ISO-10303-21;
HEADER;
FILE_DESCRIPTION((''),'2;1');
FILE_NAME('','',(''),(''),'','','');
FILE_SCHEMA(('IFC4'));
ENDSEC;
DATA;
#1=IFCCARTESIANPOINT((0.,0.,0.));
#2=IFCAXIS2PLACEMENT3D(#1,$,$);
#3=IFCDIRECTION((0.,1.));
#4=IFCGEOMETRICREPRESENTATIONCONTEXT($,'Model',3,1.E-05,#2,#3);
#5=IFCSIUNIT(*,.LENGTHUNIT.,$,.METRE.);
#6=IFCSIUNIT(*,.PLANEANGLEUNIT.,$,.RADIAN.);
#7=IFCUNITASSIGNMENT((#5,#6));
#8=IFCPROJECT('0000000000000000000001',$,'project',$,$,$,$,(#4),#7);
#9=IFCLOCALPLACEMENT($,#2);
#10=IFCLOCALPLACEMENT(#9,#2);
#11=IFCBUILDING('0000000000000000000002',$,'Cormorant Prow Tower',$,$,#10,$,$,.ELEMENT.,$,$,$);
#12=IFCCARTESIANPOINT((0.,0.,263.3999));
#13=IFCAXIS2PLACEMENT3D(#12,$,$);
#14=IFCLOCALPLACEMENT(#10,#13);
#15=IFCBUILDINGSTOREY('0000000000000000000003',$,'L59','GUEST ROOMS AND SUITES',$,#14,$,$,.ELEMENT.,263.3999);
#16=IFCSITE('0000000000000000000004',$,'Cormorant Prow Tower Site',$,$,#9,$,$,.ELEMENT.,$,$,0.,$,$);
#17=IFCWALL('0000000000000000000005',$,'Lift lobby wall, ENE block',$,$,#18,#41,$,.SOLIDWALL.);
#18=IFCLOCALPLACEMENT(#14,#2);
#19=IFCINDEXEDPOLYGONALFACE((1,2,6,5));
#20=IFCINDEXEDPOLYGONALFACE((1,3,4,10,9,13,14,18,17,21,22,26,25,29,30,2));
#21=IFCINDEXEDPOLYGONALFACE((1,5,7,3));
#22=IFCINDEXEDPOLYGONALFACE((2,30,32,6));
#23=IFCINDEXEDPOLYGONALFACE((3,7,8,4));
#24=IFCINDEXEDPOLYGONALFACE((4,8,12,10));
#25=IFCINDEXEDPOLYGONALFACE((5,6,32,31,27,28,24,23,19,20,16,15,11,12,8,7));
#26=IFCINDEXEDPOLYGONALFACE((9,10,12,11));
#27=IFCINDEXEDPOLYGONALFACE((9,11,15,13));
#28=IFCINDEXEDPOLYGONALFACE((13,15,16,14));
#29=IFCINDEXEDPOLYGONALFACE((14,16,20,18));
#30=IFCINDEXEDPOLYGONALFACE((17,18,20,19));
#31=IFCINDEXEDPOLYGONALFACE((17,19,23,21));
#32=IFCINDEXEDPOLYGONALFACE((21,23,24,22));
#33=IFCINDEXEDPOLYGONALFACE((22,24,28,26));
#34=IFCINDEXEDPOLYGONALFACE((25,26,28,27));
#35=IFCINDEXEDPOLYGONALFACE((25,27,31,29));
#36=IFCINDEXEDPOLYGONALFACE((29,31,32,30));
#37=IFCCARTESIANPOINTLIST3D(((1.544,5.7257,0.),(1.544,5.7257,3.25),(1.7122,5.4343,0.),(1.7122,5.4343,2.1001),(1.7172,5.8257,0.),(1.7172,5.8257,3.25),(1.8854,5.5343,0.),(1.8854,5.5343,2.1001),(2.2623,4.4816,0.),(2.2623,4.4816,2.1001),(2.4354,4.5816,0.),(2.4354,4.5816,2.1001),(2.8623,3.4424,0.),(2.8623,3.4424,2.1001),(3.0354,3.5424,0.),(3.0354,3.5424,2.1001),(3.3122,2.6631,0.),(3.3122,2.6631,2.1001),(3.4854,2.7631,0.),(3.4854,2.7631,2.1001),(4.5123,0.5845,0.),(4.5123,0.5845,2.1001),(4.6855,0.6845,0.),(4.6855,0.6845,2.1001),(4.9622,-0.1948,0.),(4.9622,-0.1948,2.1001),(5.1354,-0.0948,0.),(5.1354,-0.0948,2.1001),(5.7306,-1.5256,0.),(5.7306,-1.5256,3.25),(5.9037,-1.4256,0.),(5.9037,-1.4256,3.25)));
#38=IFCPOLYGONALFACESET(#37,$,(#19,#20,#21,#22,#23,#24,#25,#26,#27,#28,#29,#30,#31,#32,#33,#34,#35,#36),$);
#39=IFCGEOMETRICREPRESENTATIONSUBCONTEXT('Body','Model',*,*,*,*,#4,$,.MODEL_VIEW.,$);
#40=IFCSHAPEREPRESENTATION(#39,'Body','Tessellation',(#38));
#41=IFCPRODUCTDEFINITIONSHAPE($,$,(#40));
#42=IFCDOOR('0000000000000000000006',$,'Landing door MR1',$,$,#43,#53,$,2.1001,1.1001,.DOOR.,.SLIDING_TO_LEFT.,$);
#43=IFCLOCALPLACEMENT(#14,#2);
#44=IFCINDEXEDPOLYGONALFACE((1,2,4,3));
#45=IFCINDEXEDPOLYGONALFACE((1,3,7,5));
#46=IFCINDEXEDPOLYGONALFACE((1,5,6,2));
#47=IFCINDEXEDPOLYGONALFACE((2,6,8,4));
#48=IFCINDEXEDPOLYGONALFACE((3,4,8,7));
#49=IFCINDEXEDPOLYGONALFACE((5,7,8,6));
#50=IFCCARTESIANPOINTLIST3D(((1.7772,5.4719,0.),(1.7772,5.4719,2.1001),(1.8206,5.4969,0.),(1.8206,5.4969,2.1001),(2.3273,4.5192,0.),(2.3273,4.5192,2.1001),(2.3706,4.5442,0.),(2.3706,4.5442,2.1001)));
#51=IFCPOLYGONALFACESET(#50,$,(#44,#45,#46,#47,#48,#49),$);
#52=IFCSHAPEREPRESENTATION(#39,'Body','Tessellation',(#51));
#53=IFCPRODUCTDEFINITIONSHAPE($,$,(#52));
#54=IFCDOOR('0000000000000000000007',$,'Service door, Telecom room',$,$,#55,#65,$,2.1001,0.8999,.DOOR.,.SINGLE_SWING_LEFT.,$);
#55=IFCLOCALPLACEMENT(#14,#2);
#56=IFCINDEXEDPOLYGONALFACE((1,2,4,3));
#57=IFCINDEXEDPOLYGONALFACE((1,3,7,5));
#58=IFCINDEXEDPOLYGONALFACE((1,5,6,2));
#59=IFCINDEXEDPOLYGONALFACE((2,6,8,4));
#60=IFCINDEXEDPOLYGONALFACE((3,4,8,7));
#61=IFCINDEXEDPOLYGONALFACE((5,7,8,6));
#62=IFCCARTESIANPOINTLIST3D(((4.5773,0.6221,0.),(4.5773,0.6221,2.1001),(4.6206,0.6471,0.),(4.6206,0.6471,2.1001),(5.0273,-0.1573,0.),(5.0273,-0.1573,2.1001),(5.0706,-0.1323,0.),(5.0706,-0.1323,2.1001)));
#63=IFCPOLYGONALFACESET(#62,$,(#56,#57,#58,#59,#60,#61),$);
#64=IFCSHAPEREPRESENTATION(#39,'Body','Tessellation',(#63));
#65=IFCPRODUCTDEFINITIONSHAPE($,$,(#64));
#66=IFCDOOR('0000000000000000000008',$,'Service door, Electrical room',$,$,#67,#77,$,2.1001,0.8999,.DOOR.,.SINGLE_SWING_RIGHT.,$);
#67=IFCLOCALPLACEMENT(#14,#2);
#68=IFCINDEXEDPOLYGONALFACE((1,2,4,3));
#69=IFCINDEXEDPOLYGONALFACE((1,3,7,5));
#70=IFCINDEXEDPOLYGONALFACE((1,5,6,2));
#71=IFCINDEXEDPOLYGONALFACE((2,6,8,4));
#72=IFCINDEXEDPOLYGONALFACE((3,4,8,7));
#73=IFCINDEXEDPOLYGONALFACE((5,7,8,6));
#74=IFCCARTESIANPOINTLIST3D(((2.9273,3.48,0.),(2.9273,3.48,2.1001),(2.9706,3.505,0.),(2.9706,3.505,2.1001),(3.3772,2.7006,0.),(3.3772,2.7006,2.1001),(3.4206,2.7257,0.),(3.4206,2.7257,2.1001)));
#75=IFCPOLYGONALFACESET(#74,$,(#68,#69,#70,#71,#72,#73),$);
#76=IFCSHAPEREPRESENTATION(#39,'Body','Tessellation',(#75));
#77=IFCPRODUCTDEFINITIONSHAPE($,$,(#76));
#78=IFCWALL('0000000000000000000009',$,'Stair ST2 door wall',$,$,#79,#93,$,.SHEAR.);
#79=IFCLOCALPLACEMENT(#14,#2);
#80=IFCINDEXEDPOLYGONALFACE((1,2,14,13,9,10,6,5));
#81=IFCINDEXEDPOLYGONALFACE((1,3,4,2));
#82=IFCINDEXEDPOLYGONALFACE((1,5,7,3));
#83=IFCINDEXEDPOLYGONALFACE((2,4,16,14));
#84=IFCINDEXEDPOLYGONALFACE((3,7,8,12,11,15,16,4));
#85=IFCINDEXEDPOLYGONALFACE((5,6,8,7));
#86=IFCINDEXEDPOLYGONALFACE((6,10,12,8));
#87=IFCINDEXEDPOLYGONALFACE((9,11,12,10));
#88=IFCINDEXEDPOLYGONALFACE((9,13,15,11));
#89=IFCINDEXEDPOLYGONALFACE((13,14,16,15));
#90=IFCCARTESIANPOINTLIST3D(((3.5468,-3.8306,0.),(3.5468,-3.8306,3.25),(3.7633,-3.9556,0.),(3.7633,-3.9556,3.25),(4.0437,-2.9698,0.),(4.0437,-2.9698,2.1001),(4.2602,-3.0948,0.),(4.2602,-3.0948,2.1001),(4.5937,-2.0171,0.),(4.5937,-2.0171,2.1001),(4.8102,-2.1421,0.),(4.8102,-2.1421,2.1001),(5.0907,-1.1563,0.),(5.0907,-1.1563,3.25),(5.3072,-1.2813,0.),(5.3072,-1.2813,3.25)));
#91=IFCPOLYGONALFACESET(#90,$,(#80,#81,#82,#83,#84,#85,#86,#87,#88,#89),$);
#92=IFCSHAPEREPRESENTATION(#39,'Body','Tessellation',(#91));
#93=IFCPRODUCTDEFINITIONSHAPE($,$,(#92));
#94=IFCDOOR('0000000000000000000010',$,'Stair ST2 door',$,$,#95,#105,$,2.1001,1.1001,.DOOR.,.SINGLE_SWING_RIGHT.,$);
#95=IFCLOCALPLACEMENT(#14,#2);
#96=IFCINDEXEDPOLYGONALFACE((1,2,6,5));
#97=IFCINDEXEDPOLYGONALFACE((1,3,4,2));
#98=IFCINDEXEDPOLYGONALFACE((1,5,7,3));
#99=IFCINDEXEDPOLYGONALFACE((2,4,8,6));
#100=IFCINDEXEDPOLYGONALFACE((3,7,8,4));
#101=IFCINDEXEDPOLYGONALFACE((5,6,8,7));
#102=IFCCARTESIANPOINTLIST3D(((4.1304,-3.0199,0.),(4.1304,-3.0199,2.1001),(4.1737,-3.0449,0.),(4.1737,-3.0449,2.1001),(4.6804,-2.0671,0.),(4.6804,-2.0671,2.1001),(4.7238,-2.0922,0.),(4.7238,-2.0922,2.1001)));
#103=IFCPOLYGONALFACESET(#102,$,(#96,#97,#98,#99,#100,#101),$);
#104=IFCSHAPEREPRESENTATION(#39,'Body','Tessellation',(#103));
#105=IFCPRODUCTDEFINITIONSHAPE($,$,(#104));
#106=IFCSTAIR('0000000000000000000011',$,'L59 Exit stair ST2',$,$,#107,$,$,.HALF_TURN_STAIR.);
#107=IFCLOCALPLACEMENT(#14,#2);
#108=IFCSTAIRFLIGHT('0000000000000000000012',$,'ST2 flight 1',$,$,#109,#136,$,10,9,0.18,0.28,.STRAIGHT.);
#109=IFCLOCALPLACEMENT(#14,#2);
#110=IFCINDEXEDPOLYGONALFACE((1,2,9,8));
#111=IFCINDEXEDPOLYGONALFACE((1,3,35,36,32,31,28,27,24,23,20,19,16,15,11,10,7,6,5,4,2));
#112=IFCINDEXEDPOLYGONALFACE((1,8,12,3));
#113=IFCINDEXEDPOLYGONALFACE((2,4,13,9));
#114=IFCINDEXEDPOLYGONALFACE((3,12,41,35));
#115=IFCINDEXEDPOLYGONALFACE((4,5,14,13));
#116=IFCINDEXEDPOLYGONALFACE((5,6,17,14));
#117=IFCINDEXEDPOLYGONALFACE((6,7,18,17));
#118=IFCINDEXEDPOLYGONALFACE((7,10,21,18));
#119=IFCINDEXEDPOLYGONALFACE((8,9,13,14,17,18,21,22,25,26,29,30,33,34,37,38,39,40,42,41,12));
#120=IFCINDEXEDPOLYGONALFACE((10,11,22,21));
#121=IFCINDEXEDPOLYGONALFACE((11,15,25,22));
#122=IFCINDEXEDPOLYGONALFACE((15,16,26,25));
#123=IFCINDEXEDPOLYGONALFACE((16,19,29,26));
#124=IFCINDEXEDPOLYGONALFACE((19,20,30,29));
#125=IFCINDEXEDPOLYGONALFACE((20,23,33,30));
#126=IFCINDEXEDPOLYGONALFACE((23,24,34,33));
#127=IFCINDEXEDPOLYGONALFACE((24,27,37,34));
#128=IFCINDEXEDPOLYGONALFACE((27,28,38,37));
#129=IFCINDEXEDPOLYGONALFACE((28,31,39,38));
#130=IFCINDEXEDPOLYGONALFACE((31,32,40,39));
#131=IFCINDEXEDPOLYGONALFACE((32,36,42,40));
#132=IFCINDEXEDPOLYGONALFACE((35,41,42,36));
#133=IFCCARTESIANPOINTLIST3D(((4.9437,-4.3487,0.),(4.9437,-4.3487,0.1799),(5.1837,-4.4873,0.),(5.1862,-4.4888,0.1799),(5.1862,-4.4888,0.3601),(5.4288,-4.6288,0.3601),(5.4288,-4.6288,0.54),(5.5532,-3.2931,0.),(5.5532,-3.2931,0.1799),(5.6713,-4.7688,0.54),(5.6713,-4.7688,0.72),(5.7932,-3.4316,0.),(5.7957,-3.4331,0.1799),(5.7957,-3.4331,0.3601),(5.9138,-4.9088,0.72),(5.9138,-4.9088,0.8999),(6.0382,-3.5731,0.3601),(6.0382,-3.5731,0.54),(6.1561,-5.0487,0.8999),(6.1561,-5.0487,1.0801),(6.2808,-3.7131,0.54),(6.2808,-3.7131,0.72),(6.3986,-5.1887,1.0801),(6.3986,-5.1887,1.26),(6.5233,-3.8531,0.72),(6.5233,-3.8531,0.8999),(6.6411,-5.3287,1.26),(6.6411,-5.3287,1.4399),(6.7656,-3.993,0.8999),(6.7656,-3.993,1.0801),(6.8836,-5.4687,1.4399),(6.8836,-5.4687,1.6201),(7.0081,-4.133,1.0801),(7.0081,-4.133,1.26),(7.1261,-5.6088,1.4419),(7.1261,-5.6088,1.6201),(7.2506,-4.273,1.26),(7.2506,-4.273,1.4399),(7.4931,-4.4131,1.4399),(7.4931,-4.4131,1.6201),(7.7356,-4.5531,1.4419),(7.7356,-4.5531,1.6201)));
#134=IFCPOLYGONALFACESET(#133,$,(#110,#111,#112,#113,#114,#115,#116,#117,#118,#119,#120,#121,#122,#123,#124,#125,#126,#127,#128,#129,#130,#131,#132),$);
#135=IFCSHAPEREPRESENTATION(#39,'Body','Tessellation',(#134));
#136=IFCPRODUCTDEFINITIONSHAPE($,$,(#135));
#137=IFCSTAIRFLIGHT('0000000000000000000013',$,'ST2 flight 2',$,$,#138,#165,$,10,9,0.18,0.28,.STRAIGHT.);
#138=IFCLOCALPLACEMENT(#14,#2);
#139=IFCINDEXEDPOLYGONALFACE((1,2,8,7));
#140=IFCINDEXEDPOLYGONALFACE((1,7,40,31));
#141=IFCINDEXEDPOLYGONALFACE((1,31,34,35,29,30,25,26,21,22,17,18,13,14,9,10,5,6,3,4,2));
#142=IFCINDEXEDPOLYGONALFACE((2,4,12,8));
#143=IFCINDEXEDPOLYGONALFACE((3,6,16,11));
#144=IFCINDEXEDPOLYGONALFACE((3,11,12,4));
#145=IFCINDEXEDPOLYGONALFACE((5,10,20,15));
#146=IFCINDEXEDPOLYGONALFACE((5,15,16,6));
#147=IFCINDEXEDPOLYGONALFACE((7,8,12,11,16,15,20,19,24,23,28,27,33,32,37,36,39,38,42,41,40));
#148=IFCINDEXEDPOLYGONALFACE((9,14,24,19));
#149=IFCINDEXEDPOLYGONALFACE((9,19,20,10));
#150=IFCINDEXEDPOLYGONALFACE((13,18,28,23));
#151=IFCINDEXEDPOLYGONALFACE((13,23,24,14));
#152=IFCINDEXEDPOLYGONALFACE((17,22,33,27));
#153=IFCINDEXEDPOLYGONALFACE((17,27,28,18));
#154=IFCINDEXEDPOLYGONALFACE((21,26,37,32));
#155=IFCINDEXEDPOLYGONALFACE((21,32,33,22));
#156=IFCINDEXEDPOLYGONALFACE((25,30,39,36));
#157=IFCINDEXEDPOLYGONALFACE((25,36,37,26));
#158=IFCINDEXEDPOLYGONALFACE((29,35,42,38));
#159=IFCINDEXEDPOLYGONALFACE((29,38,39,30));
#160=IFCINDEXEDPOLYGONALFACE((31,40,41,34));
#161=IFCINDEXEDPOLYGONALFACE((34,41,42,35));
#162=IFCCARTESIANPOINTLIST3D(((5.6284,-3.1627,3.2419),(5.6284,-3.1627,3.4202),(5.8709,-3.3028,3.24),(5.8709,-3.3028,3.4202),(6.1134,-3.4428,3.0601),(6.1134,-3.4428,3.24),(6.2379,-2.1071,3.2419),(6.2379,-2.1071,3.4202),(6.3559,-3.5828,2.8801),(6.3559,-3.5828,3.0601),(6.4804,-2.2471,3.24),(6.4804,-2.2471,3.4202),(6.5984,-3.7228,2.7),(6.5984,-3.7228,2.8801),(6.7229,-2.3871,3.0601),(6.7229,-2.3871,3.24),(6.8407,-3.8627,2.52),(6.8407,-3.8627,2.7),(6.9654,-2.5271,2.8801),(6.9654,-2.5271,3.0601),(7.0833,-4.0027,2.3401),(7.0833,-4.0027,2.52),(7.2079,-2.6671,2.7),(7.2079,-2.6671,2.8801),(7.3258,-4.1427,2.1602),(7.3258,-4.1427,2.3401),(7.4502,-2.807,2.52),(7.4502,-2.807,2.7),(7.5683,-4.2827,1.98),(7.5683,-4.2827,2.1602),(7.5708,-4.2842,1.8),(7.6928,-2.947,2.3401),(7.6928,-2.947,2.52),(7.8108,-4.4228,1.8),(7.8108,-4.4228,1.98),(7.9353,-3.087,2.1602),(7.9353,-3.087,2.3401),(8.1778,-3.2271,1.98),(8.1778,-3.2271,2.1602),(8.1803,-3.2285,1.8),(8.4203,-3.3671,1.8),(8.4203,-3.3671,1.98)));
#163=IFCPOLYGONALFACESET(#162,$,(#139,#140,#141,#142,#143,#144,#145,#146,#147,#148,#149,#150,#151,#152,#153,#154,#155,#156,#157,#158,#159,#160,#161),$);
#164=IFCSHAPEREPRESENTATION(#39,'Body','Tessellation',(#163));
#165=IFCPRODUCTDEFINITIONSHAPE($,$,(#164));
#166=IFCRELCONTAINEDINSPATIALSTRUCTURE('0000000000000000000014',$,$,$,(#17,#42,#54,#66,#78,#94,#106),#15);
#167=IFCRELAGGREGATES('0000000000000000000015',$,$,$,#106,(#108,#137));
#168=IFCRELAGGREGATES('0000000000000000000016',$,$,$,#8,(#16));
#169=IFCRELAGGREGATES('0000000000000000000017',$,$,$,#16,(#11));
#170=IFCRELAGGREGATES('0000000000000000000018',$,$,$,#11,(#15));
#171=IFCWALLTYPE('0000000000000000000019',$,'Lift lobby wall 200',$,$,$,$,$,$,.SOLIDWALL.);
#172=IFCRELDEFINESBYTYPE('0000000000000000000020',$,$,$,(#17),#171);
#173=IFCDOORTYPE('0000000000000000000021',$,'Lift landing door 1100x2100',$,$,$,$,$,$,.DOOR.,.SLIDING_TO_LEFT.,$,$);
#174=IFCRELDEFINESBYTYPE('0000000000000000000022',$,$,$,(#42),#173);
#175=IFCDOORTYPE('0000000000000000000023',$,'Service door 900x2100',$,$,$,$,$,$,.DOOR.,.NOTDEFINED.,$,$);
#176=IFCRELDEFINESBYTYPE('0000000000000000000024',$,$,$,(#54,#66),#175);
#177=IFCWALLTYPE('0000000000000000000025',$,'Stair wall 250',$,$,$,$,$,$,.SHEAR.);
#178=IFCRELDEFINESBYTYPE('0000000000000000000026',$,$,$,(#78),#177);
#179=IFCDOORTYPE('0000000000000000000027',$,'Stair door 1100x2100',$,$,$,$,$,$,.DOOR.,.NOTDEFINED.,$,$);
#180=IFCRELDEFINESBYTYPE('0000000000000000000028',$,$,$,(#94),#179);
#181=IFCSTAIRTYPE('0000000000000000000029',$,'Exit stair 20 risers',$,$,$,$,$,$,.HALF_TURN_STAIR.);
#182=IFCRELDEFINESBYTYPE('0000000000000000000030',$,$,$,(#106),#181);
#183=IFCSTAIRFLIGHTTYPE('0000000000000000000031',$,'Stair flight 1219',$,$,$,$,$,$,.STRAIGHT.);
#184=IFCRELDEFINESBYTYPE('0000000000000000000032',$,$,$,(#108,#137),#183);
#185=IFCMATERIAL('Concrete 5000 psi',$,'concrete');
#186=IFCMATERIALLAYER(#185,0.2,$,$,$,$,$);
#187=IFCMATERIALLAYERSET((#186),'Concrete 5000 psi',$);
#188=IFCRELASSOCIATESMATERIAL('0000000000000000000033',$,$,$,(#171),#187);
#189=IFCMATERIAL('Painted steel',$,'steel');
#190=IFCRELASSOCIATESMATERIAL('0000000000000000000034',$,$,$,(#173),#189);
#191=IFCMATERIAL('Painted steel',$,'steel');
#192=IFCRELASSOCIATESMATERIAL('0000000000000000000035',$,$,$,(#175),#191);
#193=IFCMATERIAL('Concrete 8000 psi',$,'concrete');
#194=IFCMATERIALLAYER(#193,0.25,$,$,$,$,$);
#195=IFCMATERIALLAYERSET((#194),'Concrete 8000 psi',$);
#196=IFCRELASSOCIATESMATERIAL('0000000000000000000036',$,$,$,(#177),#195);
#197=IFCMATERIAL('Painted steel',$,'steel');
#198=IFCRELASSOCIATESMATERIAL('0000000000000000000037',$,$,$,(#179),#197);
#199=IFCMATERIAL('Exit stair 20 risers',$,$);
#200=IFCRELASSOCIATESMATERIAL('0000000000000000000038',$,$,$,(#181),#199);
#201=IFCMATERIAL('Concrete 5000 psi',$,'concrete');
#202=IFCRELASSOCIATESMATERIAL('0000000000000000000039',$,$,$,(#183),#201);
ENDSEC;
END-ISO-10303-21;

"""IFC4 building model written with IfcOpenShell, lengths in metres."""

from ifc_helpers import new_model, si_unit, direction, frame, frame_2d, origin, place, context, subcontext, project, spatial, polyline, rectangle, outline, extrude, material, layer, layer_set, type_object, element, fill, aggregate, save


model = new_model("IFC4")

# Units and contexts
model_context = context("Model", 3, precision=1e-05, world=origin(), true_north=direction((0.0, 1.0)))
body_context = subcontext(model_context, "Body", "Model", "MODEL_VIEW")
ifc_project = project(units=[si_unit("LENGTHUNIT", "METRE"), si_unit("PLANEANGLEUNIT", "RADIAN")], contexts=[model_context])

# Site, building, storey
site_placement = place(None, origin())
site = spatial("IfcSite", under=ifc_project, at=site_placement, Name="Cormorant Prow Tower Site", CompositionType="ELEMENT", RefElevation=0.0)
building_placement = place(site_placement, origin())
building = spatial("IfcBuilding", under=site, at=building_placement, Name="Cormorant Prow Tower", CompositionType="ELEMENT")
storey_placement = place(building_placement, frame((0.0, 0.0, 263.3999)))
storey = spatial("IfcBuildingStorey", under=building, at=storey_placement, Name="L59", Description="GUEST ROOMS AND SUITES", CompositionType="ELEMENT", Elevation=263.3999)

# Wall, openings, doors
ifc_material_1 = material(Name="Concrete 5000 psi", Category="concrete")
ifc_layer_1 = layer(ifc_material_1, 0.2)
ifc_layer_set_1 = layer_set([ifc_layer_1], Name="Concrete 5000 psi")
wall_type_1 = type_object("IfcWallType", Name="Lift lobby wall 200", PredefinedType="SOLIDWALL", material=ifc_layer_set_1)
wall_1_placement = place(storey_placement, frame((5.8171, -1.4756, 0.0), z_axis=(0.0, 0.0, 1.0), x_axis=(-0.500003, 0.866024, 0.0)))
wall_1 = element("IfcWall", 1, at=wall_1_placement, inside=storey, type_object=wall_type_1, Name="Lift lobby wall, ENE block", PredefinedType="SOLIDWALL", context=body_context, shape_type="SweptSolid", body=[
    extrude(rectangle(XDim=8.373, YDim=0.2, at=frame_2d((4.1865, 0.0))), origin(), (0.0, 0.0, 1.0), 3.25),
])
opening_1_placement = place(wall_1_placement, frame((1.5366, 0.0, 0.0)))
opening_1 = element("IfcOpeningElement", 2, at=opening_1_placement, cuts=wall_1, PredefinedType="OPENING", context=body_context, shape_type="SweptSolid", body=[
    extrude(rectangle(XDim=0.8999, YDim=2.1001, at=frame_2d((0.45, 1.05))), frame((0.0, 0.1099, 0.0), z_axis=(0.0, -1.0, 0.0), x_axis=(1.0, 0.0, 0.0)), (0.0, 0.0, 1.0), 0.22),
])
opening_2_placement = place(wall_1_placement, frame((4.8367, 0.0, 0.0)))
opening_2 = element("IfcOpeningElement", 3, at=opening_2_placement, cuts=wall_1, PredefinedType="OPENING", context=body_context, shape_type="SweptSolid", body=[
    extrude(rectangle(XDim=0.8999, YDim=2.1001, at=frame_2d((0.45, 1.05))), frame((0.0, 0.1099, 0.0), z_axis=(0.0, -1.0, 0.0), x_axis=(1.0, 0.0, 0.0)), (0.0, 0.0, 1.0), 0.22),
])
opening_3_placement = place(wall_1_placement, frame((6.9365, 0.0, 0.0)))
opening_3 = element("IfcOpeningElement", 4, at=opening_3_placement, cuts=wall_1, PredefinedType="OPENING", context=body_context, shape_type="SweptSolid", body=[
    extrude(rectangle(XDim=1.1001, YDim=2.1001, at=frame_2d((0.55, 1.05))), frame((0.0, 0.1099, 0.0), z_axis=(0.0, -1.0, 0.0), x_axis=(1.0, 0.0, 0.0)), (0.0, 0.0, 1.0), 0.22),
])
ifc_material_2 = material(Name="Painted steel", Category="steel")
door_type_1 = type_object("IfcDoorType", Name="Lift landing door 1100x2100", OperationType="SLIDING_TO_LEFT", PredefinedType="DOOR", material=ifc_material_2)
door_1_placement = place(opening_3_placement, origin())
door_1 = element("IfcDoor", 5, at=door_1_placement, inside=storey, type_object=door_type_1, Name="Landing door MR1", OperationType="SLIDING_TO_LEFT", OverallHeight=2.1001, OverallWidth=1.1001, PredefinedType="DOOR", context=body_context, shape_type="SweptSolid", body=[
    extrude(rectangle(XDim=1.1001, YDim=2.1001, at=frame_2d((0.55, 1.05))), frame((0.0, 0.0249, 0.0), z_axis=(0.0, -1.0, 0.0), x_axis=(1.0, 0.0, 0.0)), (0.0, 0.0, 1.0), 0.05),
])
fill(opening_3, door_1)
ifc_material_3 = material(Name="Painted steel", Category="steel")
door_type_2 = type_object("IfcDoorType", Name="Service door 900x2100", OperationType="NOTDEFINED", PredefinedType="DOOR", material=ifc_material_3)
door_2_placement = place(opening_1_placement, origin())
door_2 = element("IfcDoor", 6, at=door_2_placement, inside=storey, type_object=door_type_2, Name="Service door, Telecom room", OperationType="SINGLE_SWING_LEFT", OverallHeight=2.1001, OverallWidth=0.8999, PredefinedType="DOOR", context=body_context, shape_type="SweptSolid", body=[
    extrude(rectangle(XDim=0.8999, YDim=2.1001, at=frame_2d((0.45, 1.05))), frame((0.0, 0.0249, 0.0), z_axis=(0.0, -1.0, 0.0), x_axis=(1.0, 0.0, 0.0)), (0.0, 0.0, 1.0), 0.05),
])
fill(opening_1, door_2)
door_3_placement = place(opening_2_placement, origin())
door_3 = element("IfcDoor", 7, at=door_3_placement, inside=storey, type_object=door_type_2, Name="Service door, Electrical room", OperationType="SINGLE_SWING_RIGHT", OverallHeight=2.1001, OverallWidth=0.8999, PredefinedType="DOOR", context=body_context, shape_type="SweptSolid", body=[
    extrude(rectangle(XDim=0.8999, YDim=2.1001, at=frame_2d((0.45, 1.05))), frame((0.0, 0.0249, 0.0), z_axis=(0.0, -1.0, 0.0), x_axis=(1.0, 0.0, 0.0)), (0.0, 0.0, 1.0), 0.05),
])
fill(opening_2, door_3)

# Wall, opening, door
ifc_material_4 = material(Name="Concrete 8000 psi", Category="concrete")
ifc_layer_2 = layer(ifc_material_4, 0.25)
ifc_layer_set_2 = layer_set([ifc_layer_2], Name="Concrete 8000 psi")
wall_type_2 = type_object("IfcWallType", Name="Stair wall 250", PredefinedType="SHEAR", material=ifc_layer_set_2)
wall_2_placement = place(storey_placement, frame((3.655, -3.8931, 0.0), z_axis=(0.0, 0.0, 1.0), x_axis=(0.499983, 0.866035, 0.0)))
wall_2 = element("IfcWall", 8, at=wall_2_placement, inside=storey, type_object=wall_type_2, Name="Stair ST2 door wall", PredefinedType="SHEAR", context=body_context, shape_type="SweptSolid", body=[
    extrude(rectangle(XDim=3.0879, YDim=0.25, at=frame_2d((1.5439, 0.0))), origin(), (0.0, 0.0, 1.0), 3.25),
])
opening_4_placement = place(wall_2_placement, frame((0.9939, 0.0, 0.0)))
opening_4 = element("IfcOpeningElement", 9, at=opening_4_placement, cuts=wall_2, PredefinedType="OPENING", context=body_context, shape_type="SweptSolid", body=[
    extrude(rectangle(XDim=1.1001, YDim=2.1001, at=frame_2d((0.55, 1.05))), frame((0.0, 0.135, 0.0), z_axis=(0.0, -1.0, 0.0), x_axis=(1.0, 0.0, 0.0)), (0.0, 0.0, 1.0), 0.27),
])
ifc_material_5 = material(Name="Painted steel", Category="steel")
door_type_3 = type_object("IfcDoorType", Name="Stair door 1100x2100", OperationType="NOTDEFINED", PredefinedType="DOOR", material=ifc_material_5)
door_4_placement = place(opening_4_placement, origin())
door_4 = element("IfcDoor", 10, at=door_4_placement, inside=storey, type_object=door_type_3, Name="Stair ST2 door", OperationType="SINGLE_SWING_RIGHT", OverallHeight=2.1001, OverallWidth=1.1001, PredefinedType="DOOR", context=body_context, shape_type="SweptSolid", body=[
    extrude(rectangle(XDim=1.1001, YDim=2.1001, at=frame_2d((0.55, 1.05))), frame((0.0, 0.0249, 0.0), z_axis=(0.0, -1.0, 0.0), x_axis=(1.0, 0.0, 0.0)), (0.0, 0.0, 1.0), 0.05),
])
fill(opening_4, door_4)

# Stair, stair flights
ifc_material_6 = material(Name="Exit stair 20 risers")
stair_type = type_object("IfcStairType", Name="Exit stair 20 risers", PredefinedType="HALF_TURN_STAIR", material=ifc_material_6)
stair_placement = place(storey_placement, origin())
stair = element("IfcStair", 11, at=stair_placement, inside=storey, type_object=stair_type, Name="L59 Exit stair ST2", PredefinedType="HALF_TURN_STAIR")
ifc_material_7 = material(Name="Concrete 5000 psi", Category="concrete")
stair_flight_type = type_object("IfcStairFlightType", Name="Stair flight 1219", PredefinedType="STRAIGHT", material=ifc_material_7)
stair_flight_1_placement = place(storey_placement, frame((5.2485, -3.8208, 0.0), z_axis=(0.0, 0.0, 1.0), x_axis=(0.866025, -0.5, 0.0)))
stair_flight_1 = element("IfcStairFlight", 12, at=stair_flight_1_placement, type_object=stair_flight_type, Name="ST2 flight 1", NumberOfRisers=10, NumberOfTreads=9, PredefinedType="STRAIGHT", RiserHeight=0.18, TreadLength=0.28, context=body_context, shape_type="SweptSolid", body=[
    extrude(outline(polyline([(0.0, 0.0), (0.0, 0.1799), (0.28, 0.1799), (0.28, 0.3601), (0.5601, 0.3601), (0.5601, 0.54), (0.8401, 0.54), (0.8401, 0.72), (1.1201, 0.72), (1.1201, 0.8999), (1.3999, 0.8999), (1.3999, 1.0801), (1.6799, 1.0801), (1.6799, 1.26), (1.96, 1.26), (1.96, 1.4399), (2.24, 1.4399), (2.24, 1.6201), (2.52, 1.6201), (2.52, 1.8), (2.52, 1.4419), (0.2771, 0.0), (0.0, 0.0)])), frame((0.0, 0.6094, 0.0), z_axis=(0.0, -1.0, 0.0), x_axis=(1.0, 0.0, 0.0)), (0.0, 0.0, 1.0), 1.219),
])
stair_flight_2_placement = place(storey_placement, frame((8.1155, -3.895, 1.8), z_axis=(0.0, 0.0, 1.0), x_axis=(-0.866025, 0.5, 0.0)))
stair_flight_2 = element("IfcStairFlight", 13, at=stair_flight_2_placement, type_object=stair_flight_type, Name="ST2 flight 2", NumberOfRisers=10, NumberOfTreads=9, PredefinedType="STRAIGHT", RiserHeight=0.18, TreadLength=0.28, context=body_context, shape_type="SweptSolid", body=[
    extrude(outline(polyline([(0.0, 0.0), (0.0, 0.1799), (0.28, 0.1799), (0.28, 0.3601), (0.5601, 0.3601), (0.5601, 0.54), (0.8401, 0.54), (0.8401, 0.72), (1.1201, 0.72), (1.1201, 0.8999), (1.3999, 0.8999), (1.3999, 1.0801), (1.6799, 1.0801), (1.6799, 1.26), (1.96, 1.26), (1.96, 1.4399), (2.24, 1.4399), (2.24, 1.6201), (2.52, 1.6201), (2.52, 1.8), (2.52, 1.4419), (0.2771, 0.0), (0.0, 0.0)])), frame((0.0, 0.6094, 0.0), z_axis=(0.0, -1.0, 0.0), x_axis=(1.0, 0.0, 0.0)), (0.0, 0.0, 1.0), 1.219),
])
aggregate(stair, [stair_flight_1, stair_flight_2])

save(model, "model.ifc")
